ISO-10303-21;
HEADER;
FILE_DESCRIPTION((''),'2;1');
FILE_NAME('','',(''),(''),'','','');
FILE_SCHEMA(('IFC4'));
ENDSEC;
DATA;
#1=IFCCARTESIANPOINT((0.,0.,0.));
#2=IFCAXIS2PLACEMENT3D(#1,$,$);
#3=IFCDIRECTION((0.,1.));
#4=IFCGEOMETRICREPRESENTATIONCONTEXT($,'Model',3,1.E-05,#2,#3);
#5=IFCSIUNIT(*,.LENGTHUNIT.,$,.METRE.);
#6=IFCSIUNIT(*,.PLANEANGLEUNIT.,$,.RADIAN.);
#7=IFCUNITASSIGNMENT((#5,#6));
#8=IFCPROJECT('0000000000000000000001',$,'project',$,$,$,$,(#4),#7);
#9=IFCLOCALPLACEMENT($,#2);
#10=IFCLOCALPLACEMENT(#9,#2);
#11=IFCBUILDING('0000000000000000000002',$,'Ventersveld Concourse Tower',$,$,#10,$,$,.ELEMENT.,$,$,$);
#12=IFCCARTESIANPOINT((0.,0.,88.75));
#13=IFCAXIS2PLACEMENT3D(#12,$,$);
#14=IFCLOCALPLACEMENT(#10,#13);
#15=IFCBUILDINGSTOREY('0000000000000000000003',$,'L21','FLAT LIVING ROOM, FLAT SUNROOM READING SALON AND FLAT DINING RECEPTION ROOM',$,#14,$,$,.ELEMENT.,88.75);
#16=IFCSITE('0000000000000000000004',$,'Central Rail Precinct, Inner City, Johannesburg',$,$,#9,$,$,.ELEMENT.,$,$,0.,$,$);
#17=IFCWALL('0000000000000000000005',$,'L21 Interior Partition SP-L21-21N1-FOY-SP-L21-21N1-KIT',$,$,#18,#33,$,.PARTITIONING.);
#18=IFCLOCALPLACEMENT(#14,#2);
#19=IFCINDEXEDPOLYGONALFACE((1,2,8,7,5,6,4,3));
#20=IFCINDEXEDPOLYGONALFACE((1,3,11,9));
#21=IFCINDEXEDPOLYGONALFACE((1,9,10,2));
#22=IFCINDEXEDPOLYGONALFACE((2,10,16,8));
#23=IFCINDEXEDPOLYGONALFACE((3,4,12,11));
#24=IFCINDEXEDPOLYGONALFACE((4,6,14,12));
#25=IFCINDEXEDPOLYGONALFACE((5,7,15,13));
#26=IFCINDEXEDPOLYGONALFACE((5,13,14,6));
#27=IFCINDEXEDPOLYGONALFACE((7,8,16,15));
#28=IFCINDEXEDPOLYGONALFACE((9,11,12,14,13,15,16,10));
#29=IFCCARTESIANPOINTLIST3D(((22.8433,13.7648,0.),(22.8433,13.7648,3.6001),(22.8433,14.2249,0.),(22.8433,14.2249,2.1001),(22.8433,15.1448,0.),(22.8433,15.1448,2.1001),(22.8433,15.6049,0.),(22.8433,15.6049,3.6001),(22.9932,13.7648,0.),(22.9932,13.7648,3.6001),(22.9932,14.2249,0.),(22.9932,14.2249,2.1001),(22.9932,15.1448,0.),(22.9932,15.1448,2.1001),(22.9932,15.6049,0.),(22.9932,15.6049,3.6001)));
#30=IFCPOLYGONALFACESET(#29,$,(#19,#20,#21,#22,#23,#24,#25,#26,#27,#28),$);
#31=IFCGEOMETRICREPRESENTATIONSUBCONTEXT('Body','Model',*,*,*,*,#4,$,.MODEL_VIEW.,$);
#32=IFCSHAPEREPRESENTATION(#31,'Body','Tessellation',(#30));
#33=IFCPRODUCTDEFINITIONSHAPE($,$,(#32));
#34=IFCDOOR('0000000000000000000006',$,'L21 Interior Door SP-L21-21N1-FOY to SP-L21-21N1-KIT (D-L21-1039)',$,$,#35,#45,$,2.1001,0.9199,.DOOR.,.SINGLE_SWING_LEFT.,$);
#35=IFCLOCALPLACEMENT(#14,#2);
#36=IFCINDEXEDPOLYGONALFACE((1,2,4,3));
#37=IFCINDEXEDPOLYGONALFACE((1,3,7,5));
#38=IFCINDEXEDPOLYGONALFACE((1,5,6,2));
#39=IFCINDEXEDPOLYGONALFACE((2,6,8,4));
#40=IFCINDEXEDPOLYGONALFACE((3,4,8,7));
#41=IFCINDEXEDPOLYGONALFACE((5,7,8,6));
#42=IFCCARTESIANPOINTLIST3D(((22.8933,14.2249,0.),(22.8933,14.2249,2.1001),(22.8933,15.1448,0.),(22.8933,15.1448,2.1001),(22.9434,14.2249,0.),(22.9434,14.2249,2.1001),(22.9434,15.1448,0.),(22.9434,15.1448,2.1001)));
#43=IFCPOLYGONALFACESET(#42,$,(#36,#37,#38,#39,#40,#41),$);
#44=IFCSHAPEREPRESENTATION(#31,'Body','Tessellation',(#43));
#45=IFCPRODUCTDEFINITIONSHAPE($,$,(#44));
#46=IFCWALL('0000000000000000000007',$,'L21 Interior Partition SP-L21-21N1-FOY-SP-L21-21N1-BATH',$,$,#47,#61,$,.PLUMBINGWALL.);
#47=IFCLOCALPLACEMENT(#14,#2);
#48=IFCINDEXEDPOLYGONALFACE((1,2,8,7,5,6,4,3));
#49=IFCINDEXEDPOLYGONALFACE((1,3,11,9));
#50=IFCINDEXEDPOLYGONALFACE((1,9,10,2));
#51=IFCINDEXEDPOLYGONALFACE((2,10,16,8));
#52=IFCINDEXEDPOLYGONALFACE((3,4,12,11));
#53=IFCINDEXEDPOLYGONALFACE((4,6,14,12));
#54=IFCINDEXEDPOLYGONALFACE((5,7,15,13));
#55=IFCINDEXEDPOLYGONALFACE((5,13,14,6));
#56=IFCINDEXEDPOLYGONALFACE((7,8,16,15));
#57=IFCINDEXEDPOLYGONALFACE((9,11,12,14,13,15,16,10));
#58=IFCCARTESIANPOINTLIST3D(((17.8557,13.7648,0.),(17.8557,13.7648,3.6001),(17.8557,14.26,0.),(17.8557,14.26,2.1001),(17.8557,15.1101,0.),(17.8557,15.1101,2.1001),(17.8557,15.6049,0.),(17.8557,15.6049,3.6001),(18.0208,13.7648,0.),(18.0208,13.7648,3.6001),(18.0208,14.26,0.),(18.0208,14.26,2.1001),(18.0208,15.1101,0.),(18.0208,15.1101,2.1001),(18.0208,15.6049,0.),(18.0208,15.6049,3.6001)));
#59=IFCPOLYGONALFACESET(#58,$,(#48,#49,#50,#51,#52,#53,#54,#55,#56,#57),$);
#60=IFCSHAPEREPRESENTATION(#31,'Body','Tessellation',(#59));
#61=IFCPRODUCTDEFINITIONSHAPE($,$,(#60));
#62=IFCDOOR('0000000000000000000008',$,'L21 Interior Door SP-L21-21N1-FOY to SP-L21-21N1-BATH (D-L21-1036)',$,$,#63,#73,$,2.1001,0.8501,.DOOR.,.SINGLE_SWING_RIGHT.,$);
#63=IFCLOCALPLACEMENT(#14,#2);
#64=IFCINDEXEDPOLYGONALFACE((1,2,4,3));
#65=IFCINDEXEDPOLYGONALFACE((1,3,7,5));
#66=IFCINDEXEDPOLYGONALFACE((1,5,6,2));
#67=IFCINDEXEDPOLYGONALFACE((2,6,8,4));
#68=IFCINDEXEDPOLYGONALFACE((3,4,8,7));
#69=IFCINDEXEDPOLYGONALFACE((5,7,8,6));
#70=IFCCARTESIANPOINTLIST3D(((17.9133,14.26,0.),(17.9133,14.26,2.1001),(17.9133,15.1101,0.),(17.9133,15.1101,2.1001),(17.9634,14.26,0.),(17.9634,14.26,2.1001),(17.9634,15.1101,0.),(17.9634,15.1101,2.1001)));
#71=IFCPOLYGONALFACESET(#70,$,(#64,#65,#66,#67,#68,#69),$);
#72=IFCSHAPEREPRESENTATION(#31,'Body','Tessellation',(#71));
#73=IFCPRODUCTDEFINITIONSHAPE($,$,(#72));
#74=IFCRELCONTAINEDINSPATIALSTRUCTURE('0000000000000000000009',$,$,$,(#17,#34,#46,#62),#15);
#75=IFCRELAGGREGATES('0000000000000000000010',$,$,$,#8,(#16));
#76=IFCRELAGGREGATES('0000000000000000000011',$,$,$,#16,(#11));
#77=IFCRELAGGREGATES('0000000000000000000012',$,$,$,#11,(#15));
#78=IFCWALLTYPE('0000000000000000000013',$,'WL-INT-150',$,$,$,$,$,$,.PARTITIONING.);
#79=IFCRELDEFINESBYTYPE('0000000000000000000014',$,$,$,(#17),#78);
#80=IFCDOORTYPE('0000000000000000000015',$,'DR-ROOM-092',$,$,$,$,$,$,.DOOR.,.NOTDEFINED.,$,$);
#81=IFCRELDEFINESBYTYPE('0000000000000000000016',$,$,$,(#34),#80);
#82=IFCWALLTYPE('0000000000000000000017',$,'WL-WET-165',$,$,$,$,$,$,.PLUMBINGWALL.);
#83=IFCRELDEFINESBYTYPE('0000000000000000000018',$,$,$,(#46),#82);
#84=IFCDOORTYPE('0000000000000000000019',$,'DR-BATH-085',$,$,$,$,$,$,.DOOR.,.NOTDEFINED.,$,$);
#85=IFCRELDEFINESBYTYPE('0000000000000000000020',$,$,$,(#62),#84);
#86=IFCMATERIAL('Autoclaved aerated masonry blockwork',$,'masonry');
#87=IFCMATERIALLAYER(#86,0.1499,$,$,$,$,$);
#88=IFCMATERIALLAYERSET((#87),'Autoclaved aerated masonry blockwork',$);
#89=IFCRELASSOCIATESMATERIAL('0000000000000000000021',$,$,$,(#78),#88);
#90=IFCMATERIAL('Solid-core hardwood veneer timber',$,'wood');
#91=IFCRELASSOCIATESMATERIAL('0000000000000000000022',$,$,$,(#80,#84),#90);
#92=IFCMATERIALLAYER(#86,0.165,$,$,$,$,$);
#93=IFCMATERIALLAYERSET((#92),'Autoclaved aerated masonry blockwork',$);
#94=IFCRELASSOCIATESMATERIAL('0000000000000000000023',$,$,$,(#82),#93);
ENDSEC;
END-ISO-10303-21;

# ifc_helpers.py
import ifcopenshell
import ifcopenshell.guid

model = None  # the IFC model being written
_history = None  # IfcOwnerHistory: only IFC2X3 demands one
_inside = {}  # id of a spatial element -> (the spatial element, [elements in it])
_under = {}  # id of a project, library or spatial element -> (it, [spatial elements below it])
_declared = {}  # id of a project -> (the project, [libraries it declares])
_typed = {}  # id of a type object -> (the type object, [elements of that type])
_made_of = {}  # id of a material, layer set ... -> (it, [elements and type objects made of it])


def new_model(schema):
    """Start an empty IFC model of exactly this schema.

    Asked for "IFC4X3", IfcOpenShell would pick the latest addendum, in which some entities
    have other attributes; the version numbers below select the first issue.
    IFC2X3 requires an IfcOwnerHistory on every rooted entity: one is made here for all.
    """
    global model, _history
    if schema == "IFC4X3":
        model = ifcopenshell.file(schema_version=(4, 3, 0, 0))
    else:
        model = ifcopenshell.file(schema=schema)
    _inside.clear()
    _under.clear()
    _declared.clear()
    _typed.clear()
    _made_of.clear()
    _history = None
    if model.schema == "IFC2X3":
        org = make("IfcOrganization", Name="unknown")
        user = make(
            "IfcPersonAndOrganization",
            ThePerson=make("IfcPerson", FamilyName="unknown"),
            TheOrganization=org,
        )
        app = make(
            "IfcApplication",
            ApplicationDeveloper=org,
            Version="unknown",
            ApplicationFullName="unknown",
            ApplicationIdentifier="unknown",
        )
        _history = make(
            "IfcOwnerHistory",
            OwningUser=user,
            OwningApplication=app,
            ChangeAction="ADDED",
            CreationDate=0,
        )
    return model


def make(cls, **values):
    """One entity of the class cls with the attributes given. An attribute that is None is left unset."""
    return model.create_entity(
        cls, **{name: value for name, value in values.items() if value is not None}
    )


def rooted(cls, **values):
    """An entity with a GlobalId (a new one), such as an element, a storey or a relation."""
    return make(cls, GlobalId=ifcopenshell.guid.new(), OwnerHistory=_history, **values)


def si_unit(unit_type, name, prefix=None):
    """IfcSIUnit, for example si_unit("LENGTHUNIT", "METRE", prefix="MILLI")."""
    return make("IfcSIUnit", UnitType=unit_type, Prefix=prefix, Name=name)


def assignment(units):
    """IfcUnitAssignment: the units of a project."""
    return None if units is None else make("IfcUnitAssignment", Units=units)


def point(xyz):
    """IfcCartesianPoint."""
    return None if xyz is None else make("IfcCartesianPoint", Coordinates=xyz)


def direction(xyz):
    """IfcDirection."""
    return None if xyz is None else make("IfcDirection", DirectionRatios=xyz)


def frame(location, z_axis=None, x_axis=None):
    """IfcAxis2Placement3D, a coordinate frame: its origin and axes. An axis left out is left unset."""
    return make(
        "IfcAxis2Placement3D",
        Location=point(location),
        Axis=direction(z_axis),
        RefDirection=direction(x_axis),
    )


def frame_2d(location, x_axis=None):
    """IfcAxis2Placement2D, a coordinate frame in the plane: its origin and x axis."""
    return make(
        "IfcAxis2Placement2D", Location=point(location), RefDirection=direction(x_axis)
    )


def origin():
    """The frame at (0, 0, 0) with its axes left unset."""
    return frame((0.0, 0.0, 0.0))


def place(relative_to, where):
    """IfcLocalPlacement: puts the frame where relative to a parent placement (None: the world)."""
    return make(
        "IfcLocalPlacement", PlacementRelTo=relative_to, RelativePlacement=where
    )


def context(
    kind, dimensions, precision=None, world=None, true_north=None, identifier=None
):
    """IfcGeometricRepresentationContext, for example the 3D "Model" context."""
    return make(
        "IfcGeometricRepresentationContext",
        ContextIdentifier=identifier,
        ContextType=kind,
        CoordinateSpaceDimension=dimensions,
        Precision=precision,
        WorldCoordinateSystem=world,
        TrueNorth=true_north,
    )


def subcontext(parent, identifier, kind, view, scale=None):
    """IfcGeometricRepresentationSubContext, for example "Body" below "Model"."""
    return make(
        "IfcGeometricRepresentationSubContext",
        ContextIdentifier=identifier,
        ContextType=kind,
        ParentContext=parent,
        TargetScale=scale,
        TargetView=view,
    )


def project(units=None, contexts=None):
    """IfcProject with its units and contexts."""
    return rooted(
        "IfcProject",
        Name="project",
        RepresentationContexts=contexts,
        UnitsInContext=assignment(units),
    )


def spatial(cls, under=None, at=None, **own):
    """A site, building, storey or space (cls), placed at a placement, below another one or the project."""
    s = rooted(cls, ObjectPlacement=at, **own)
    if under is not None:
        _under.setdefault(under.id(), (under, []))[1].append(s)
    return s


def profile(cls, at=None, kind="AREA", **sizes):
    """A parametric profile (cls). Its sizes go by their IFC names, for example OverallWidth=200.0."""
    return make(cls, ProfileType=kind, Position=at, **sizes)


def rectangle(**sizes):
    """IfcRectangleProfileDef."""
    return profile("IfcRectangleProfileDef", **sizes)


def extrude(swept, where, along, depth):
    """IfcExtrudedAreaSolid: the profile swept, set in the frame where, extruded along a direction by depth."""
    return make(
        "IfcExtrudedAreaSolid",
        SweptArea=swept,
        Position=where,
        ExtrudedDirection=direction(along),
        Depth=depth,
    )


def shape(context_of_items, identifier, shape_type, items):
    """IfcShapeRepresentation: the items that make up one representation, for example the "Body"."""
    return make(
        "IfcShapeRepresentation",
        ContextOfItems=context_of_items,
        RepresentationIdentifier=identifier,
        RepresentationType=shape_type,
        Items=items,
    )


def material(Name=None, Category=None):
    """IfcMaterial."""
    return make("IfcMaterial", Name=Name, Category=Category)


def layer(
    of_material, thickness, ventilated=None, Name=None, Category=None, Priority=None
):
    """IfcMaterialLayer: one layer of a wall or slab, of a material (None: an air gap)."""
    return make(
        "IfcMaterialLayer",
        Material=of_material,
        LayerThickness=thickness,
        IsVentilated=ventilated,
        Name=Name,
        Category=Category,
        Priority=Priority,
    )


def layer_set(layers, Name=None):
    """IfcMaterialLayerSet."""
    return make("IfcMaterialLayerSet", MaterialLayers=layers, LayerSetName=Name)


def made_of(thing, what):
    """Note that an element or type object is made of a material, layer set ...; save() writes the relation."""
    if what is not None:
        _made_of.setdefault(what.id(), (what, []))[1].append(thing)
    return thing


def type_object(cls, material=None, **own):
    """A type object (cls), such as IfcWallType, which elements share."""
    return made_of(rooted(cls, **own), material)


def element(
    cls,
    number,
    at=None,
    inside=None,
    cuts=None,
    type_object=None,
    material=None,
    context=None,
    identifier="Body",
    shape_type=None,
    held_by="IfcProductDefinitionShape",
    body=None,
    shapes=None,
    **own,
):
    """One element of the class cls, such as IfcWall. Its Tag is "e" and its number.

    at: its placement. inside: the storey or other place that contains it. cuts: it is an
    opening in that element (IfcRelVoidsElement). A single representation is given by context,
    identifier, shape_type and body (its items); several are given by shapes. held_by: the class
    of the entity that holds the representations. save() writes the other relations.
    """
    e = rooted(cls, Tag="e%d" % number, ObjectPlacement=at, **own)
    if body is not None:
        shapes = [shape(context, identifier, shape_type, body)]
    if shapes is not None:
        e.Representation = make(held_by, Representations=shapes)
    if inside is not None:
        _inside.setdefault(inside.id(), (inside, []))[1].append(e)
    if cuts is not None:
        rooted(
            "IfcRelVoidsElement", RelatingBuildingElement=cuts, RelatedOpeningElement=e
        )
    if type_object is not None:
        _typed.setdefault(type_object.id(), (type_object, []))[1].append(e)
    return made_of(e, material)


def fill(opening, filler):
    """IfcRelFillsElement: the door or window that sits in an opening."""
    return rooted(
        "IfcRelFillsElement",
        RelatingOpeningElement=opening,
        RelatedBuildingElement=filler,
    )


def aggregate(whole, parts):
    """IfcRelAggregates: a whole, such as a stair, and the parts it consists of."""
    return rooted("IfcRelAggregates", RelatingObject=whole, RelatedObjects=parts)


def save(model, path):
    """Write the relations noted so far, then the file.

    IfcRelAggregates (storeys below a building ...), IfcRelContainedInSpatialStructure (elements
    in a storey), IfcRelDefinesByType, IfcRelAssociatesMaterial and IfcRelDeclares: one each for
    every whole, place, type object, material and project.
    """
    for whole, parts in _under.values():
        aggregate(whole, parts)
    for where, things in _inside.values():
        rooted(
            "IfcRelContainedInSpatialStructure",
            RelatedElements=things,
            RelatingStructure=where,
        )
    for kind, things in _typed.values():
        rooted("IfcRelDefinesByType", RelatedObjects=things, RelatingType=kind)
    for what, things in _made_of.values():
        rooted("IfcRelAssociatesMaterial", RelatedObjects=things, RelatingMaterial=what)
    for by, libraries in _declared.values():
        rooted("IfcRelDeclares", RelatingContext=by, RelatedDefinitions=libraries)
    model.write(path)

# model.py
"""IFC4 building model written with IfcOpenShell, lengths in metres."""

from ifc_helpers import new_model, si_unit, direction, frame, frame_2d, origin, place, context, subcontext, project, spatial, rectangle, extrude, material, layer, layer_set, type_object, element, fill, save


model = new_model("IFC4")

# Units and contexts
model_context = context("Model", 3, precision=1e-05, world=origin(), true_north=direction((0.0, 1.0)))
body_context = subcontext(model_context, "Body", "Model", "MODEL_VIEW")
ifc_project = project(units=[si_unit("LENGTHUNIT", "METRE"), si_unit("PLANEANGLEUNIT", "RADIAN")], contexts=[model_context])

# Site, building, storey
site_placement = place(None, origin())
site = spatial("IfcSite", under=ifc_project, at=site_placement, Name="Central Rail Precinct, Inner City, Johannesburg", CompositionType="ELEMENT", RefElevation=0.0)
building_placement = place(site_placement, origin())
building = spatial("IfcBuilding", under=site, at=building_placement, Name="Ventersveld Concourse Tower", CompositionType="ELEMENT")
storey_placement = place(building_placement, frame((0.0, 0.0, 88.75)))
storey = spatial("IfcBuildingStorey", under=building, at=storey_placement, Name="L21", Description="FLAT LIVING ROOM, FLAT SUNROOM READING SALON AND FLAT DINING RECEPTION ROOM", CompositionType="ELEMENT", Elevation=88.75)

# Shared definitions
ifc_material_1 = material(Name="Solid-core hardwood veneer timber", Category="wood")

# Walls, openings, doors
ifc_material_2 = material(Name="Autoclaved aerated masonry blockwork", Category="masonry")
ifc_layer_1 = layer(ifc_material_2, 0.1499)
ifc_layer_set_1 = layer_set([ifc_layer_1], Name="Autoclaved aerated masonry blockwork")
wall_type_1 = type_object("IfcWallType", Name="WL-INT-150", PredefinedType="PARTITIONING", material=ifc_layer_set_1)
wall_1_placement = place(storey_placement, frame((22.9182, 13.7649, 0.0), z_axis=(0.0, 0.0, 1.0), x_axis=(0.0, 1.0, 0.0)))
wall_1 = element("IfcWall", 1, at=wall_1_placement, inside=storey, type_object=wall_type_1, Name="L21 Interior Partition SP-L21-21N1-FOY-SP-L21-21N1-KIT", PredefinedType="PARTITIONING", context=body_context, shape_type="SweptSolid", body=[
    extrude(rectangle(XDim=1.8401, YDim=0.1499, at=frame_2d((0.9199, 0.0))), origin(), (0.0, 0.0, 1.0), 3.6001),
])
opening_1_placement = place(wall_1_placement, frame((0.46, 0.0, 0.0)))
opening_1 = element("IfcOpeningElement", 2, at=opening_1_placement, cuts=wall_1, PredefinedType="OPENING", context=body_context, shape_type="SweptSolid", body=[
    extrude(rectangle(XDim=0.9199, YDim=2.1001, at=frame_2d((0.46, 1.05))), frame((0.0, 0.085, 0.0), z_axis=(0.0, -1.0, 0.0), x_axis=(1.0, 0.0, 0.0)), (0.0, 0.0, 1.0), 0.1699),
])
door_type_1 = type_object("IfcDoorType", Name="DR-ROOM-092", OperationType="NOTDEFINED", PredefinedType="DOOR", material=ifc_material_1)
door_1_placement = place(opening_1_placement, origin())
door_1 = element("IfcDoor", 3, at=door_1_placement, inside=storey, type_object=door_type_1, Name="L21 Interior Door SP-L21-21N1-FOY to SP-L21-21N1-KIT (D-L21-1039)", OperationType="SINGLE_SWING_LEFT", OverallHeight=2.1001, OverallWidth=0.9199, PredefinedType="DOOR", context=body_context, shape_type="SweptSolid", body=[
    extrude(rectangle(XDim=0.9199, YDim=2.1001, at=frame_2d((0.46, 1.05))), frame((0.0, 0.0249, 0.0), z_axis=(0.0, -1.0, 0.0), x_axis=(1.0, 0.0, 0.0)), (0.0, 0.0, 1.0), 0.05),
])
fill(opening_1, door_1)
ifc_layer_2 = layer(ifc_material_2, 0.165)
ifc_layer_set_2 = layer_set([ifc_layer_2], Name="Autoclaved aerated masonry blockwork")
wall_type_2 = type_object("IfcWallType", Name="WL-WET-165", PredefinedType="PLUMBINGWALL", material=ifc_layer_set_2)
wall_2_placement = place(storey_placement, frame((17.9382, 13.7649, 0.0), z_axis=(0.0, 0.0, 1.0), x_axis=(0.0, 1.0, 0.0)))
wall_2 = element("IfcWall", 4, at=wall_2_placement, inside=storey, type_object=wall_type_2, Name="L21 Interior Partition SP-L21-21N1-FOY-SP-L21-21N1-BATH", PredefinedType="PLUMBINGWALL", context=body_context, shape_type="SweptSolid", body=[
    extrude(rectangle(XDim=1.8401, YDim=0.165, at=frame_2d((0.9199, 0.0))), origin(), (0.0, 0.0, 1.0), 3.6001),
])
opening_2_placement = place(wall_2_placement, frame((0.4951, 0.0, 0.0)))
opening_2 = element("IfcOpeningElement", 5, at=opening_2_placement, cuts=wall_2, PredefinedType="OPENING", context=body_context, shape_type="SweptSolid", body=[
    extrude(rectangle(XDim=0.8501, YDim=2.1001, at=frame_2d((0.425, 1.05))), frame((0.0, 0.0925, 0.0), z_axis=(0.0, -1.0, 0.0), x_axis=(1.0, 0.0, 0.0)), (0.0, 0.0, 1.0), 0.1851),
])
door_type_2 = type_object("IfcDoorType", Name="DR-BATH-085", OperationType="NOTDEFINED", PredefinedType="DOOR", material=ifc_material_1)
door_2_placement = place(opening_2_placement, origin())
door_2 = element("IfcDoor", 6, at=door_2_placement, inside=storey, type_object=door_type_2, Name="L21 Interior Door SP-L21-21N1-FOY to SP-L21-21N1-BATH (D-L21-1036)", OperationType="SINGLE_SWING_RIGHT", OverallHeight=2.1001, OverallWidth=0.8501, PredefinedType="DOOR", context=body_context, shape_type="SweptSolid", body=[
    extrude(rectangle(XDim=0.8501, YDim=2.1001, at=frame_2d((0.425, 1.05))), frame((0.0, 0.0249, 0.0), z_axis=(0.0, -1.0, 0.0), x_axis=(1.0, 0.0, 0.0)), (0.0, 0.0, 1.0), 0.05),
])
fill(opening_2, door_2)

save(model, "model.ifc")
